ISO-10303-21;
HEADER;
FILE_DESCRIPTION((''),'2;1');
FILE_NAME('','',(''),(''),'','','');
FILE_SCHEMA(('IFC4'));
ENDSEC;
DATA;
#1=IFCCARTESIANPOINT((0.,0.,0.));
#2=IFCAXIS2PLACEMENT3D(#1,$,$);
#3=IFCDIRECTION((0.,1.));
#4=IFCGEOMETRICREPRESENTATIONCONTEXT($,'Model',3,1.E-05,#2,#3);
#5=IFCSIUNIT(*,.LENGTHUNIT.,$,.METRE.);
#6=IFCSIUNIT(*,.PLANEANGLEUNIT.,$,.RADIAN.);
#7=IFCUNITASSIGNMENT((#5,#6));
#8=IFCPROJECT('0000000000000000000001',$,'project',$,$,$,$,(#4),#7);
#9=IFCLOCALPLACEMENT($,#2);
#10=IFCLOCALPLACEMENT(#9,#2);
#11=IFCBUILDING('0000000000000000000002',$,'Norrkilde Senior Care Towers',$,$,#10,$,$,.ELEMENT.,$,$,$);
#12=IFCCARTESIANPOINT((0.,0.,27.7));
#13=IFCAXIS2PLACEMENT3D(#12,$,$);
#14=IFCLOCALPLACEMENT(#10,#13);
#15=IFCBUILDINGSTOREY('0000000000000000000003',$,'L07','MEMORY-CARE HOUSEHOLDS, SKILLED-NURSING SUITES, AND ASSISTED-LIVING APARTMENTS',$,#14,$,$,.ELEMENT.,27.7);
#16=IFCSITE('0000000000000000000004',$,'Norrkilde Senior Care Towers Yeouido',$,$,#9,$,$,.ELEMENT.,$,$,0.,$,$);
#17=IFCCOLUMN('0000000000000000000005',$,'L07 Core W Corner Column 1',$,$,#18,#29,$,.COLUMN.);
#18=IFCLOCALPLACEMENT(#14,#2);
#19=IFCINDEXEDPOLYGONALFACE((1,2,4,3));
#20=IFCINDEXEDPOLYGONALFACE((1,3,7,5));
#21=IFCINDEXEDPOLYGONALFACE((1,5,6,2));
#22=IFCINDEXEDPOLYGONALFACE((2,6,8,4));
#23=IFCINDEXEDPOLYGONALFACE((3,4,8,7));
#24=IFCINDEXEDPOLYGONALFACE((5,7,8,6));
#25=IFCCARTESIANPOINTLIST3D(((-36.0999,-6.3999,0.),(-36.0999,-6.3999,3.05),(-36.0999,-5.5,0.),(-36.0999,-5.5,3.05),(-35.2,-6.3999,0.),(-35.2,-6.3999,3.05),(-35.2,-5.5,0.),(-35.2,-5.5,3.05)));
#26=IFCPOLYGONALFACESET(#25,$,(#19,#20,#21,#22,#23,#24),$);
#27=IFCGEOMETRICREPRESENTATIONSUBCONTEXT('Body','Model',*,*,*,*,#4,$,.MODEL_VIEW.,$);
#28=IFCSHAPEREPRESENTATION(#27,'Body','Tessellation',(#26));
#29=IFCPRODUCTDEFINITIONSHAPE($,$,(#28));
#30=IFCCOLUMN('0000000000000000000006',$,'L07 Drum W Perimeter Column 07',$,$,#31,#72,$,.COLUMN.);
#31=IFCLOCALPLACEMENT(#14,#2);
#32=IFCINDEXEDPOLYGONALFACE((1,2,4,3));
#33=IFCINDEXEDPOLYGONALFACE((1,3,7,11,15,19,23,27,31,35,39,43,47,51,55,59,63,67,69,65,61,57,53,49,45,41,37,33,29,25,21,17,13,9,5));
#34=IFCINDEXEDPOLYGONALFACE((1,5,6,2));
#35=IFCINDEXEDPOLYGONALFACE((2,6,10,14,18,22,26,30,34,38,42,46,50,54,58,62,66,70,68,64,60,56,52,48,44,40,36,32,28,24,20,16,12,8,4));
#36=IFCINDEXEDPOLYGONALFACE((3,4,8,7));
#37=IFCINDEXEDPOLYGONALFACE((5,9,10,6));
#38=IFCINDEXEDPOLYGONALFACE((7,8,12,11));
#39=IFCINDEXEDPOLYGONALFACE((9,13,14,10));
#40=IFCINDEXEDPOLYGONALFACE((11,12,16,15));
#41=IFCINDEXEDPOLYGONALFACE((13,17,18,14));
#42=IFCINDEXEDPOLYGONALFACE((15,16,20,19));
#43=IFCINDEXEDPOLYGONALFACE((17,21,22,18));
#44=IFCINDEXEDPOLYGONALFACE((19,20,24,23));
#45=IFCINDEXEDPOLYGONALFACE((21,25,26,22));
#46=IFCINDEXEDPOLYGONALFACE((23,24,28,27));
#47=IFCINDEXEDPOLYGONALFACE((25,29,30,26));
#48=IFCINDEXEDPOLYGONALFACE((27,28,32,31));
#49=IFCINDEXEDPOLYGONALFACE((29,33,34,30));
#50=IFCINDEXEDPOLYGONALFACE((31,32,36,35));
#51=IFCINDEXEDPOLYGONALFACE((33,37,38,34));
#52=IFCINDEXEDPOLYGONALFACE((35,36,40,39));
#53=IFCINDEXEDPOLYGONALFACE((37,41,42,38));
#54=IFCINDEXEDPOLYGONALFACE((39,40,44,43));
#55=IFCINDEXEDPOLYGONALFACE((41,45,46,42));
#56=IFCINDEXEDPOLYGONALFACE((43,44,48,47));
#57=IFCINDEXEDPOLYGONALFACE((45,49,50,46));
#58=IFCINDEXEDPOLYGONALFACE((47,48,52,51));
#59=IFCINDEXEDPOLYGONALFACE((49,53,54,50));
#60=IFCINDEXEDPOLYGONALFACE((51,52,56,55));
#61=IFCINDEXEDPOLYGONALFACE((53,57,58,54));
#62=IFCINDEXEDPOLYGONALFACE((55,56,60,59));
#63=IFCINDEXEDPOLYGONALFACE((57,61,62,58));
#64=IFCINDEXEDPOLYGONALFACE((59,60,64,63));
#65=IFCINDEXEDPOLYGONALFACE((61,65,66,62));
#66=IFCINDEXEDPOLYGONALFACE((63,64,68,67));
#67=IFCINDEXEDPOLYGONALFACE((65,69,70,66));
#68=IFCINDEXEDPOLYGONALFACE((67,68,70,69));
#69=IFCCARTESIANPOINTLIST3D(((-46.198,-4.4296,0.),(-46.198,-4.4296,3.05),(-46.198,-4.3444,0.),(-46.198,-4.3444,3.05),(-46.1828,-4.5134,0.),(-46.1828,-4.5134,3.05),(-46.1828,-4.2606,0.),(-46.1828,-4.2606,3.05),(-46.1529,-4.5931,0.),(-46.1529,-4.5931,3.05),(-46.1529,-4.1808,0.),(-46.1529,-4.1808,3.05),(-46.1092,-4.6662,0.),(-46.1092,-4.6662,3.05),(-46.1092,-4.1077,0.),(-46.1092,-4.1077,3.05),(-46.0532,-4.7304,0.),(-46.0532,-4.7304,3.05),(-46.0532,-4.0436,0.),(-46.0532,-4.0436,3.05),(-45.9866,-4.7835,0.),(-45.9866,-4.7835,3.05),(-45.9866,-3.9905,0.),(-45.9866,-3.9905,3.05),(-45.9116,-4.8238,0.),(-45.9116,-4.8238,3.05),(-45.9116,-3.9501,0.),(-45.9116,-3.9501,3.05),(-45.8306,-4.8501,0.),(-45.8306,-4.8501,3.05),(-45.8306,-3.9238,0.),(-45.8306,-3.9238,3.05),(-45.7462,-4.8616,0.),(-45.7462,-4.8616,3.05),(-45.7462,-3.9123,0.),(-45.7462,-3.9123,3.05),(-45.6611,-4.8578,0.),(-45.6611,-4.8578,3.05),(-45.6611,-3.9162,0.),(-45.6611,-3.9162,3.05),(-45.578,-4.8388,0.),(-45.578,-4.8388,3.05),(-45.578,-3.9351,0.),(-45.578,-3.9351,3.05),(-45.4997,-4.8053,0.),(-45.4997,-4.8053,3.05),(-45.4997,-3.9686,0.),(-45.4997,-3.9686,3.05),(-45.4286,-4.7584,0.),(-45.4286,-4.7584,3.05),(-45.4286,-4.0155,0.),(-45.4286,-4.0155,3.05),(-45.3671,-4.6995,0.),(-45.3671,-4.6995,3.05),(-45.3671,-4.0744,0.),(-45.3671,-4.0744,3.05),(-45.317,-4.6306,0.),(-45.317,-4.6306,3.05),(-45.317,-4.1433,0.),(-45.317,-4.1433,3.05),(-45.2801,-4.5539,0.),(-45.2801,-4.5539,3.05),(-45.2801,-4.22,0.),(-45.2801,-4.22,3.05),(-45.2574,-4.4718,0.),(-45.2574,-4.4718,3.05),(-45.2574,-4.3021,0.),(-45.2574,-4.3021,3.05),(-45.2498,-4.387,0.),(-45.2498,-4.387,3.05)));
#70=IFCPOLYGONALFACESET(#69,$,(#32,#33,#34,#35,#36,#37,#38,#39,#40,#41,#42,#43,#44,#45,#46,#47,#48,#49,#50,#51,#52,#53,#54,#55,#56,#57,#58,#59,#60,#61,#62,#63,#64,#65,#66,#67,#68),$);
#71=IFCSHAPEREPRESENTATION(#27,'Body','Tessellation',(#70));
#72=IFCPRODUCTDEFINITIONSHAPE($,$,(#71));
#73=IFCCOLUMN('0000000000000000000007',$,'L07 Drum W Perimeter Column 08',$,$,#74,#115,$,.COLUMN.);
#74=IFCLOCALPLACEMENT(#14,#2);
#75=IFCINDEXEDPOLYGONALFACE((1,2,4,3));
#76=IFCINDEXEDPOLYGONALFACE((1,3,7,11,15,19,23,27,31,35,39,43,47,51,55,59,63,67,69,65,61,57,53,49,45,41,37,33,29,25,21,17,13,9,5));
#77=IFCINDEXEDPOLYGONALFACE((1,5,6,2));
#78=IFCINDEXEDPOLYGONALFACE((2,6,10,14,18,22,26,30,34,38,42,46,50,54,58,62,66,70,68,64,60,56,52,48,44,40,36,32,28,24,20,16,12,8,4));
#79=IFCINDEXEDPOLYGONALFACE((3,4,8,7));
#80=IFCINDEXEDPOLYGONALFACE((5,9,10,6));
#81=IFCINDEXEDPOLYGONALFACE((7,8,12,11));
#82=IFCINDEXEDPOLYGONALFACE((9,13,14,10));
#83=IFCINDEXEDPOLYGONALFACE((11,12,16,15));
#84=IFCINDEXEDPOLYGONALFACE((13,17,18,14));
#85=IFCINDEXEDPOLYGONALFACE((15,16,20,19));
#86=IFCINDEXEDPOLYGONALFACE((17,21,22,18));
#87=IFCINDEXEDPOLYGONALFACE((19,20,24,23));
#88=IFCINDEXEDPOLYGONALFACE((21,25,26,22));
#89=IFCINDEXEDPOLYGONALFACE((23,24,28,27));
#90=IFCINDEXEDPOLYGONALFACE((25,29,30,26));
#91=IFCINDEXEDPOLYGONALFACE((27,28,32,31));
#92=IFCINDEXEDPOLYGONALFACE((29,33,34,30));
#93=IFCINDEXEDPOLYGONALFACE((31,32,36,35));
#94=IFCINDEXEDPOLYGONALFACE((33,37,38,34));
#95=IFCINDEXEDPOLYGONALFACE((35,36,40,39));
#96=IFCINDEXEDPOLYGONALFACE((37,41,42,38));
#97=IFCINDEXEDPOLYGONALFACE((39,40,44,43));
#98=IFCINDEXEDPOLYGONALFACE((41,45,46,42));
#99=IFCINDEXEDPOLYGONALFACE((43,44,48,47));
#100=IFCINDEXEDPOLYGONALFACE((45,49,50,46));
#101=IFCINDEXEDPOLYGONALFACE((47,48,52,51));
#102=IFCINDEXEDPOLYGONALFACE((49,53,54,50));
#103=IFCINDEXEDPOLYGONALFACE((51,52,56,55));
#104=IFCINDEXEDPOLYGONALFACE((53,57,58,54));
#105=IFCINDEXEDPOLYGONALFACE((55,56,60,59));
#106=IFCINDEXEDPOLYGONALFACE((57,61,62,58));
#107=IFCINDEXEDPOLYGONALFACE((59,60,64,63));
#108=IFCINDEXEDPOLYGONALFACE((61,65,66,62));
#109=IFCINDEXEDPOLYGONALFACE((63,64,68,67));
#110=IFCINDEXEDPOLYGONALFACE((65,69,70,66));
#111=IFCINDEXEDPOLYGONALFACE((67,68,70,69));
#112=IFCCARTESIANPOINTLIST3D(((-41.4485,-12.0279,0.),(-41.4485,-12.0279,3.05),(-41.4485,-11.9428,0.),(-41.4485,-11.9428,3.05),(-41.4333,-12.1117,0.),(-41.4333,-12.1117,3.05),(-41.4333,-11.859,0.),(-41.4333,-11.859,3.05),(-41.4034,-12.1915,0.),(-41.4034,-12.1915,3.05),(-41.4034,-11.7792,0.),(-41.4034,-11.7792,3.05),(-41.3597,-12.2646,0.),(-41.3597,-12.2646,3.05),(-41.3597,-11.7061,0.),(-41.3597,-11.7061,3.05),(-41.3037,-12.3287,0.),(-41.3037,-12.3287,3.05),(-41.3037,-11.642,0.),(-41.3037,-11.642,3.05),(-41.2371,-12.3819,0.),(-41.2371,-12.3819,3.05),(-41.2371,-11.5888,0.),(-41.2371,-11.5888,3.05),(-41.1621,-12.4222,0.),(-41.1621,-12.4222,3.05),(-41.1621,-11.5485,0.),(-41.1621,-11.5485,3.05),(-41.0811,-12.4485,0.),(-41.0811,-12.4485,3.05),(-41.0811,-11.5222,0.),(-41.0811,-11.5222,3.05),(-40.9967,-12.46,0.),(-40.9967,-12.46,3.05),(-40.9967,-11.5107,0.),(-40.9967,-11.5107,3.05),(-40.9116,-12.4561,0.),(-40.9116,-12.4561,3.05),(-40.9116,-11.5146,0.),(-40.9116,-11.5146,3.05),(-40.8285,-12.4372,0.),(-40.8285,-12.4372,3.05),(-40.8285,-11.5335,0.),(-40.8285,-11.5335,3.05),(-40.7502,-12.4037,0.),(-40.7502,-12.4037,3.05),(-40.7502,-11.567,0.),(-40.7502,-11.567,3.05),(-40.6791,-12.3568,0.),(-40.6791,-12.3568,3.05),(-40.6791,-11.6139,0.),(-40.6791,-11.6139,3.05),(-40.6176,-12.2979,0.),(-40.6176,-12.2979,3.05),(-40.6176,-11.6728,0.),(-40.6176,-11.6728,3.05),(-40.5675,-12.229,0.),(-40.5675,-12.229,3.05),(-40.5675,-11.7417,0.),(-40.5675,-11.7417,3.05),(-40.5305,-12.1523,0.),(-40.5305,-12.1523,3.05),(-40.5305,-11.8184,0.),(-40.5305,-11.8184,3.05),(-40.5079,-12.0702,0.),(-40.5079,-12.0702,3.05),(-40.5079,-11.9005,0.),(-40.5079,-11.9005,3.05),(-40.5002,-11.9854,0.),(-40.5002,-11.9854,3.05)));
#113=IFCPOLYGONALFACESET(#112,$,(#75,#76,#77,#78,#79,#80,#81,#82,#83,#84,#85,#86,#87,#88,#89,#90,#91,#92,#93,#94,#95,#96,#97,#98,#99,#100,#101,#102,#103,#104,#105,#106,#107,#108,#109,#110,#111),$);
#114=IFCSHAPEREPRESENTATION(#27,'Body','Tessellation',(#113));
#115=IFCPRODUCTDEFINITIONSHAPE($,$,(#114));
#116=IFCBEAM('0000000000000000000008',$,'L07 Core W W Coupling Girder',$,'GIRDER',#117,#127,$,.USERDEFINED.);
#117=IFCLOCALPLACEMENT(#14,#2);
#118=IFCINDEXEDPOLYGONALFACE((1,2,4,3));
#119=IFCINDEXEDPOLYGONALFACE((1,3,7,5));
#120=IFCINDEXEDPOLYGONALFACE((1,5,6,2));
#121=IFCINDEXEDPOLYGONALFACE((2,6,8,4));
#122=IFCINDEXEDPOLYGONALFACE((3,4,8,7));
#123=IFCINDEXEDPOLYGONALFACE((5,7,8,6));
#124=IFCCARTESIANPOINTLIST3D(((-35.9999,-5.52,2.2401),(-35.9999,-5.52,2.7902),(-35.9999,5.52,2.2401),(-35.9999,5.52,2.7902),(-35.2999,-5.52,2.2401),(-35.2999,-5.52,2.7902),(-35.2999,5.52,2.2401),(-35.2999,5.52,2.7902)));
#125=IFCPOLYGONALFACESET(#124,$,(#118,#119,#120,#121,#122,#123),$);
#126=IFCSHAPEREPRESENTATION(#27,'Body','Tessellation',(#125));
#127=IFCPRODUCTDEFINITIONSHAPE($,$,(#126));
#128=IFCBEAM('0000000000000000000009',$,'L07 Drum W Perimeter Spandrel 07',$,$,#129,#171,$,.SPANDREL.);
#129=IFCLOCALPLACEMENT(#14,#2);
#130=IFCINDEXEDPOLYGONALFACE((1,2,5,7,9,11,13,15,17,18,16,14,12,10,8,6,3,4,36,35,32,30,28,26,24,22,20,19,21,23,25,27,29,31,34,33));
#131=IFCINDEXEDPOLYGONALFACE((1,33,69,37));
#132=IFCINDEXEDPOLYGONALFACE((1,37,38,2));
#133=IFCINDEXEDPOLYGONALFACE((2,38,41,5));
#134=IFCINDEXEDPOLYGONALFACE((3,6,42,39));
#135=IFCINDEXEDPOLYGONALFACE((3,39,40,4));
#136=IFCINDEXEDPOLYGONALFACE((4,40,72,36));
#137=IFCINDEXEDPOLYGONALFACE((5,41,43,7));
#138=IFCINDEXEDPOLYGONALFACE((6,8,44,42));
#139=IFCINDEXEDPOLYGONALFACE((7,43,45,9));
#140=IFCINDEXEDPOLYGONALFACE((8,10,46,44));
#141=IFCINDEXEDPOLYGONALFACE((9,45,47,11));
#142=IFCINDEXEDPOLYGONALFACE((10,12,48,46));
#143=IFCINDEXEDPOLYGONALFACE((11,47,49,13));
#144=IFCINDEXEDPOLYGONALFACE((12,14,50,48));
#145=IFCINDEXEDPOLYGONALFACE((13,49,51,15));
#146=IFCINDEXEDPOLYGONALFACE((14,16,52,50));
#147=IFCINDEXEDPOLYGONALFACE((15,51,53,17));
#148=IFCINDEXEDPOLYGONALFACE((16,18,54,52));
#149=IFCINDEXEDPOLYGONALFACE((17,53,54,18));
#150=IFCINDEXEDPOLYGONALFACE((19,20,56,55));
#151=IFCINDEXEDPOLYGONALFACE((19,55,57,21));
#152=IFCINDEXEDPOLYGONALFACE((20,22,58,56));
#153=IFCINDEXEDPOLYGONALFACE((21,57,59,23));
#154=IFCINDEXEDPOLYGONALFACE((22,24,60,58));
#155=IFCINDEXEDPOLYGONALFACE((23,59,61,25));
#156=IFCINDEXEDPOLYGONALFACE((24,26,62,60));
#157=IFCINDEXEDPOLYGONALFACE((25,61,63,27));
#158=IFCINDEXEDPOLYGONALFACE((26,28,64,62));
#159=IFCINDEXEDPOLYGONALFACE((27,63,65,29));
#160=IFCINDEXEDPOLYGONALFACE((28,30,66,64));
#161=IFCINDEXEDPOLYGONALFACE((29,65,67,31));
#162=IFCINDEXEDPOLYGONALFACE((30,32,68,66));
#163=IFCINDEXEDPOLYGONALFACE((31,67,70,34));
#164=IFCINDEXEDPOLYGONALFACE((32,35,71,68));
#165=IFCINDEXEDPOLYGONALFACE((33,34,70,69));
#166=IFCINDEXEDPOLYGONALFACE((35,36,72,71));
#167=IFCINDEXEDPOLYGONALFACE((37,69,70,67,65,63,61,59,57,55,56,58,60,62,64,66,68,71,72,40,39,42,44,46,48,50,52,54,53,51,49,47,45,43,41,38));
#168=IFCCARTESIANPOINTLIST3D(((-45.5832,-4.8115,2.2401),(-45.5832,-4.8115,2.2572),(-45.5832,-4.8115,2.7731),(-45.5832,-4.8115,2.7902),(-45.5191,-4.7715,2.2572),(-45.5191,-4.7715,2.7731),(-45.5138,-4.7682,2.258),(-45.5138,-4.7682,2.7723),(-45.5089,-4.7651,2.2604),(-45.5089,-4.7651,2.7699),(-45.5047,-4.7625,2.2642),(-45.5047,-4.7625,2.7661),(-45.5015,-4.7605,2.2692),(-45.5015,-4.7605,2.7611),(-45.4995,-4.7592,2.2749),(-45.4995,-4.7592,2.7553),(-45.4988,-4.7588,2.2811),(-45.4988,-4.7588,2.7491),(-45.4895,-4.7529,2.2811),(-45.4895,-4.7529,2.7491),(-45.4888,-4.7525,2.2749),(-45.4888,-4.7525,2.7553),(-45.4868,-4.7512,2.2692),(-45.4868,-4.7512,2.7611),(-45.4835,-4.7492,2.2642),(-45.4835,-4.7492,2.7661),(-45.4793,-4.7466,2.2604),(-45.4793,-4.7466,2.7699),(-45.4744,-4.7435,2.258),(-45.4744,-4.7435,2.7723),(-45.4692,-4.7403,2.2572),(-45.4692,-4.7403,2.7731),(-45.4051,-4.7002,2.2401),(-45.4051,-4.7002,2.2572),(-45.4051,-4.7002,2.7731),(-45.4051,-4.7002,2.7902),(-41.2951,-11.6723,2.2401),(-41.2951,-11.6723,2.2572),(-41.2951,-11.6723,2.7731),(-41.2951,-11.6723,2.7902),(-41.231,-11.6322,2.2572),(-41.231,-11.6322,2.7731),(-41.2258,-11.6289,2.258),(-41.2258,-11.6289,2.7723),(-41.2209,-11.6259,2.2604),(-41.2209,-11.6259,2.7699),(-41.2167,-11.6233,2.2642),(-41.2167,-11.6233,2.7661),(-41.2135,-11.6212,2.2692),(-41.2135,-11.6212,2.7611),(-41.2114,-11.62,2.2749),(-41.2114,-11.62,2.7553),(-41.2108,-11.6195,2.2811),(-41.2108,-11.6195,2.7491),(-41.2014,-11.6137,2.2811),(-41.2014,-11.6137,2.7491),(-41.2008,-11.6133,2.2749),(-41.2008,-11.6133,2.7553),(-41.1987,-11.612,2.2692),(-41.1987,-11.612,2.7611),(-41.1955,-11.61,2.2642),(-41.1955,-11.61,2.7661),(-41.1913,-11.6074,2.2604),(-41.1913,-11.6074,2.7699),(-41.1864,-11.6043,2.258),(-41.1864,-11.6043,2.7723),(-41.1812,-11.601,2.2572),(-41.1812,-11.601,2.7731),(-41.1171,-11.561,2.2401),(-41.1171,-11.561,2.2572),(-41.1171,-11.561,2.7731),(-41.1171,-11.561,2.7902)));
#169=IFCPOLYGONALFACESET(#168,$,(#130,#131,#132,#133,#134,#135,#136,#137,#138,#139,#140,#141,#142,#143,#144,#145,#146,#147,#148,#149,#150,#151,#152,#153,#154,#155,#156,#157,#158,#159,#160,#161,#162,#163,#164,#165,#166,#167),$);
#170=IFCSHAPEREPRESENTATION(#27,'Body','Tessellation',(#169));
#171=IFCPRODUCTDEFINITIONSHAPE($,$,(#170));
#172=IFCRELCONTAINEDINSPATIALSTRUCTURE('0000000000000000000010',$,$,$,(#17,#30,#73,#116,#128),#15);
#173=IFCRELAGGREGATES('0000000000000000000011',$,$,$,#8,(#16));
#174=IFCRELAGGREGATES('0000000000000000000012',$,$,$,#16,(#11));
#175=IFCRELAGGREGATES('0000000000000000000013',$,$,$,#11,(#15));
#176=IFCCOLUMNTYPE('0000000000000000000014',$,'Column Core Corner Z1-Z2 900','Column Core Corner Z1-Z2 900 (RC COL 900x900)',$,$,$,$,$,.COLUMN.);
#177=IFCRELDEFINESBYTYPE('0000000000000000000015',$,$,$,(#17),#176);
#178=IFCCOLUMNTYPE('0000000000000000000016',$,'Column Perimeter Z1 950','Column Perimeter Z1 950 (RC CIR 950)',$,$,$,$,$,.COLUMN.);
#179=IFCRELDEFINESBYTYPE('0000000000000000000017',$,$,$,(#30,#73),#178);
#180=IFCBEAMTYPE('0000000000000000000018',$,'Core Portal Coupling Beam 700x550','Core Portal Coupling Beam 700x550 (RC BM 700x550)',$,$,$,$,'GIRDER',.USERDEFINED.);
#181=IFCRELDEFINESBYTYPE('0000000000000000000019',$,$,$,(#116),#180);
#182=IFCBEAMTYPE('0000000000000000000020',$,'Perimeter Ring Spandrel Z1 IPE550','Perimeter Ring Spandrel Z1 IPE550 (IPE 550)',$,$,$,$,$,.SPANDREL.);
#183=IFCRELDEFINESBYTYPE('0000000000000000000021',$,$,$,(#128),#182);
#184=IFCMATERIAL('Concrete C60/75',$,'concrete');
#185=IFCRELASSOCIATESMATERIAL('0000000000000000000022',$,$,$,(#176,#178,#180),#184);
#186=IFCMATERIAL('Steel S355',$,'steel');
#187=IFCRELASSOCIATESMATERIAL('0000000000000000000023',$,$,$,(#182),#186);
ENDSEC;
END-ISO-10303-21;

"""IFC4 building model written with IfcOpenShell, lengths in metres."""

from ifc_helpers import new_model, si_unit, direction, frame, origin, origin_2d, place, context, subcontext, project, spatial, rectangle, circle, i_section, extrude, source, transform, mapped, material, material_profile, profile_set, type_object, type_shapes, element, save


model = new_model("IFC4")

# Units and contexts
model_context = context("Model", 3, precision=1e-05, world=origin(), true_north=direction((0.0, 1.0)))
body_context = subcontext(model_context, "Body", "Model", "MODEL_VIEW")
ifc_project = project(units=[si_unit("LENGTHUNIT", "METRE"), si_unit("PLANEANGLEUNIT", "RADIAN")], contexts=[model_context])

# Site, building, storey
site_placement = place(None, origin())
site = spatial("IfcSite", under=ifc_project, at=site_placement, Name="Norrkilde Senior Care Towers Yeouido", CompositionType="ELEMENT", RefElevation=0.0)
building_placement = place(site_placement, origin())
building = spatial("IfcBuilding", under=site, at=building_placement, Name="Norrkilde Senior Care Towers", CompositionType="ELEMENT")
storey_placement = place(building_placement, frame((0.0, 0.0, 27.7)))
storey = spatial("IfcBuildingStorey", under=building, at=storey_placement, Name="L07", Description="MEMORY-CARE HOUSEHOLDS, SKILLED-NURSING SUITES, AND ASSISTED-LIVING APARTMENTS", CompositionType="ELEMENT", Elevation=27.7)

# Columns
ifc_material_1 = material(Name="Concrete C60/75", Category="concrete")
ifc_material_profile_1 = material_profile(ifc_material_1, rectangle(XDim=0.8999, YDim=0.8999, at=origin_2d()), Name="RC COL 900x900")
ifc_profile_set_1 = profile_set([ifc_material_profile_1], Name="Concrete C60/75")
column_type_1 = type_object("IfcColumnType", Name="Column Core Corner Z1-Z2 900", Description="Column Core Corner Z1-Z2 900 (RC COL 900x900)", PredefinedType="COLUMN", material=ifc_profile_set_1)
shared_shape_1 = source(origin(), body_context, "Body", "SweptSolid", [
    extrude(rectangle(XDim=0.8999, YDim=0.8999, at=origin_2d()), origin(), (0.0, 0.0, 1.0), 3.05),
])
type_shapes(column_type_1, [shared_shape_1])
column_placement = place(storey_placement, frame((-35.6499, -5.95, 0.0), z_axis=(0.0, 0.0, 1.0), x_axis=(1.0, 0.0, 0.0)))
element("IfcColumn", 1, at=column_placement, inside=storey, type_object=column_type_1, Name="L07 Core W Corner Column 1", PredefinedType="COLUMN", context=body_context, shape_type="MappedRepresentation", body=[
    mapped(shared_shape_1, transform((0.0, 0.0, 0.0), x_axis=(1.0, 0.0, 0.0), y_axis=(0.0, 1.0, 0.0), z_axis=(0.0, 0.0, 1.0), scale=1.0)),
])
ifc_material_profile_2 = material_profile(ifc_material_1, circle(Radius=0.4751, at=origin_2d()), Name="RC CIR 950")
ifc_profile_set_2 = profile_set([ifc_material_profile_2], Name="Concrete C60/75")
column_type_2 = type_object("IfcColumnType", Name="Column Perimeter Z1 950", Description="Column Perimeter Z1 950 (RC CIR 950)", PredefinedType="COLUMN", material=ifc_profile_set_2)
shared_shape_2 = source(origin(), body_context, "Body", "SweptSolid", [
    extrude(circle(Radius=0.4751, at=origin_2d()), origin(), (0.0, 0.0, 1.0), 3.05),
])
type_shapes(column_type_2, [shared_shape_2])
for number, where, z_axis, x_axis, name in (
    (2, (-45.7249, -4.387, 0.0), (0.0, 0.0, 1.0), (1.0, 0.0, 0.0), "L07 Drum W Perimeter Column 07"),
    (3, (-40.9753, -11.9854, 0.0), (0.0, 0.0, 1.0), (1.0, 0.0, 0.0), "L07 Drum W Perimeter Column 08"),
):
    element("IfcColumn", number, at=place(storey_placement, frame(where, z_axis=z_axis, x_axis=x_axis)), inside=storey, type_object=column_type_2, Name=name, PredefinedType="COLUMN", context=body_context, shape_type="MappedRepresentation", body=[
        mapped(shared_shape_2, transform((0.0, 0.0, 0.0), x_axis=(1.0, 0.0, 0.0), y_axis=(0.0, 1.0, 0.0), z_axis=(0.0, 0.0, 1.0), scale=1.0)),
    ])

# Beams
ifc_material_profile_3 = material_profile(ifc_material_1, rectangle(XDim=0.7, YDim=0.55, at=origin_2d()), Name="RC BM 700x550")
ifc_profile_set_3 = profile_set([ifc_material_profile_3], Name="Concrete C60/75")
beam_type_1 = type_object("IfcBeamType", Name="Core Portal Coupling Beam 700x550", Description="Core Portal Coupling Beam 700x550 (RC BM 700x550)", ElementType="GIRDER", PredefinedType="USERDEFINED", material=ifc_profile_set_3)
shared_shape_3 = source(origin(), body_context, "Body", "SweptSolid", [
    extrude(rectangle(XDim=0.7, YDim=0.55, at=origin_2d()), origin(), (0.0, 0.0, 1.0), 11.04),
])
type_shapes(beam_type_1, [shared_shape_3])
beam_1_placement = place(storey_placement, frame((-35.6499, -5.52, 2.5151), z_axis=(0.0, 1.0, 0.0), x_axis=(-1.0, 0.0, 0.0)))
element("IfcBeam", 4, at=beam_1_placement, inside=storey, type_object=beam_type_1, Name="L07 Core W W Coupling Girder", ObjectType="GIRDER", PredefinedType="USERDEFINED", context=body_context, shape_type="MappedRepresentation", body=[
    mapped(shared_shape_3, transform((0.0, 0.0, 0.0), x_axis=(1.0, 0.0, 0.0), y_axis=(0.0, 1.0, 0.0), z_axis=(0.0, 0.0, 1.0), scale=1.0)),
])
ifc_material_2 = material(Name="Steel S355", Category="steel")
ifc_material_profile_4 = material_profile(ifc_material_2, i_section(OverallWidth=0.21, OverallDepth=0.55, WebThickness=0.011, FlangeThickness=0.0171, FilletRadius=0.0239, at=origin_2d()), Name="IPE 550")
ifc_profile_set_4 = profile_set([ifc_material_profile_4], Name="Steel S355")
beam_type_2 = type_object("IfcBeamType", Name="Perimeter Ring Spandrel Z1 IPE550", Description="Perimeter Ring Spandrel Z1 IPE550 (IPE 550)", PredefinedType="SPANDREL", material=ifc_profile_set_4)
shared_shape_4 = source(origin(), body_context, "Body", "SweptSolid", [
    extrude(i_section(OverallWidth=0.21, OverallDepth=0.55, WebThickness=0.011, FlangeThickness=0.0171, FilletRadius=0.0239, at=origin_2d()), origin(), (0.0, 0.0, 1.0), 8.0906),
])
beam_2_placement = place(storey_placement, frame((-45.4941, -4.7559, 2.5151), z_axis=(0.530004, -0.847995, 0.0), x_axis=(0.847995, 0.530004, 0.0)))
element("IfcBeam", 5, at=beam_2_placement, inside=storey, type_object=beam_type_2, Name="L07 Drum W Perimeter Spandrel 07", PredefinedType="SPANDREL", context=body_context, shape_type="MappedRepresentation", body=[
    mapped(shared_shape_4, transform((0.0, 0.0, 0.0), x_axis=(1.0, 0.0, 0.0), y_axis=(0.0, 1.0, 0.0), z_axis=(0.0, 0.0, 1.0), scale=1.0)),
])

save(model, "model.ifc")
